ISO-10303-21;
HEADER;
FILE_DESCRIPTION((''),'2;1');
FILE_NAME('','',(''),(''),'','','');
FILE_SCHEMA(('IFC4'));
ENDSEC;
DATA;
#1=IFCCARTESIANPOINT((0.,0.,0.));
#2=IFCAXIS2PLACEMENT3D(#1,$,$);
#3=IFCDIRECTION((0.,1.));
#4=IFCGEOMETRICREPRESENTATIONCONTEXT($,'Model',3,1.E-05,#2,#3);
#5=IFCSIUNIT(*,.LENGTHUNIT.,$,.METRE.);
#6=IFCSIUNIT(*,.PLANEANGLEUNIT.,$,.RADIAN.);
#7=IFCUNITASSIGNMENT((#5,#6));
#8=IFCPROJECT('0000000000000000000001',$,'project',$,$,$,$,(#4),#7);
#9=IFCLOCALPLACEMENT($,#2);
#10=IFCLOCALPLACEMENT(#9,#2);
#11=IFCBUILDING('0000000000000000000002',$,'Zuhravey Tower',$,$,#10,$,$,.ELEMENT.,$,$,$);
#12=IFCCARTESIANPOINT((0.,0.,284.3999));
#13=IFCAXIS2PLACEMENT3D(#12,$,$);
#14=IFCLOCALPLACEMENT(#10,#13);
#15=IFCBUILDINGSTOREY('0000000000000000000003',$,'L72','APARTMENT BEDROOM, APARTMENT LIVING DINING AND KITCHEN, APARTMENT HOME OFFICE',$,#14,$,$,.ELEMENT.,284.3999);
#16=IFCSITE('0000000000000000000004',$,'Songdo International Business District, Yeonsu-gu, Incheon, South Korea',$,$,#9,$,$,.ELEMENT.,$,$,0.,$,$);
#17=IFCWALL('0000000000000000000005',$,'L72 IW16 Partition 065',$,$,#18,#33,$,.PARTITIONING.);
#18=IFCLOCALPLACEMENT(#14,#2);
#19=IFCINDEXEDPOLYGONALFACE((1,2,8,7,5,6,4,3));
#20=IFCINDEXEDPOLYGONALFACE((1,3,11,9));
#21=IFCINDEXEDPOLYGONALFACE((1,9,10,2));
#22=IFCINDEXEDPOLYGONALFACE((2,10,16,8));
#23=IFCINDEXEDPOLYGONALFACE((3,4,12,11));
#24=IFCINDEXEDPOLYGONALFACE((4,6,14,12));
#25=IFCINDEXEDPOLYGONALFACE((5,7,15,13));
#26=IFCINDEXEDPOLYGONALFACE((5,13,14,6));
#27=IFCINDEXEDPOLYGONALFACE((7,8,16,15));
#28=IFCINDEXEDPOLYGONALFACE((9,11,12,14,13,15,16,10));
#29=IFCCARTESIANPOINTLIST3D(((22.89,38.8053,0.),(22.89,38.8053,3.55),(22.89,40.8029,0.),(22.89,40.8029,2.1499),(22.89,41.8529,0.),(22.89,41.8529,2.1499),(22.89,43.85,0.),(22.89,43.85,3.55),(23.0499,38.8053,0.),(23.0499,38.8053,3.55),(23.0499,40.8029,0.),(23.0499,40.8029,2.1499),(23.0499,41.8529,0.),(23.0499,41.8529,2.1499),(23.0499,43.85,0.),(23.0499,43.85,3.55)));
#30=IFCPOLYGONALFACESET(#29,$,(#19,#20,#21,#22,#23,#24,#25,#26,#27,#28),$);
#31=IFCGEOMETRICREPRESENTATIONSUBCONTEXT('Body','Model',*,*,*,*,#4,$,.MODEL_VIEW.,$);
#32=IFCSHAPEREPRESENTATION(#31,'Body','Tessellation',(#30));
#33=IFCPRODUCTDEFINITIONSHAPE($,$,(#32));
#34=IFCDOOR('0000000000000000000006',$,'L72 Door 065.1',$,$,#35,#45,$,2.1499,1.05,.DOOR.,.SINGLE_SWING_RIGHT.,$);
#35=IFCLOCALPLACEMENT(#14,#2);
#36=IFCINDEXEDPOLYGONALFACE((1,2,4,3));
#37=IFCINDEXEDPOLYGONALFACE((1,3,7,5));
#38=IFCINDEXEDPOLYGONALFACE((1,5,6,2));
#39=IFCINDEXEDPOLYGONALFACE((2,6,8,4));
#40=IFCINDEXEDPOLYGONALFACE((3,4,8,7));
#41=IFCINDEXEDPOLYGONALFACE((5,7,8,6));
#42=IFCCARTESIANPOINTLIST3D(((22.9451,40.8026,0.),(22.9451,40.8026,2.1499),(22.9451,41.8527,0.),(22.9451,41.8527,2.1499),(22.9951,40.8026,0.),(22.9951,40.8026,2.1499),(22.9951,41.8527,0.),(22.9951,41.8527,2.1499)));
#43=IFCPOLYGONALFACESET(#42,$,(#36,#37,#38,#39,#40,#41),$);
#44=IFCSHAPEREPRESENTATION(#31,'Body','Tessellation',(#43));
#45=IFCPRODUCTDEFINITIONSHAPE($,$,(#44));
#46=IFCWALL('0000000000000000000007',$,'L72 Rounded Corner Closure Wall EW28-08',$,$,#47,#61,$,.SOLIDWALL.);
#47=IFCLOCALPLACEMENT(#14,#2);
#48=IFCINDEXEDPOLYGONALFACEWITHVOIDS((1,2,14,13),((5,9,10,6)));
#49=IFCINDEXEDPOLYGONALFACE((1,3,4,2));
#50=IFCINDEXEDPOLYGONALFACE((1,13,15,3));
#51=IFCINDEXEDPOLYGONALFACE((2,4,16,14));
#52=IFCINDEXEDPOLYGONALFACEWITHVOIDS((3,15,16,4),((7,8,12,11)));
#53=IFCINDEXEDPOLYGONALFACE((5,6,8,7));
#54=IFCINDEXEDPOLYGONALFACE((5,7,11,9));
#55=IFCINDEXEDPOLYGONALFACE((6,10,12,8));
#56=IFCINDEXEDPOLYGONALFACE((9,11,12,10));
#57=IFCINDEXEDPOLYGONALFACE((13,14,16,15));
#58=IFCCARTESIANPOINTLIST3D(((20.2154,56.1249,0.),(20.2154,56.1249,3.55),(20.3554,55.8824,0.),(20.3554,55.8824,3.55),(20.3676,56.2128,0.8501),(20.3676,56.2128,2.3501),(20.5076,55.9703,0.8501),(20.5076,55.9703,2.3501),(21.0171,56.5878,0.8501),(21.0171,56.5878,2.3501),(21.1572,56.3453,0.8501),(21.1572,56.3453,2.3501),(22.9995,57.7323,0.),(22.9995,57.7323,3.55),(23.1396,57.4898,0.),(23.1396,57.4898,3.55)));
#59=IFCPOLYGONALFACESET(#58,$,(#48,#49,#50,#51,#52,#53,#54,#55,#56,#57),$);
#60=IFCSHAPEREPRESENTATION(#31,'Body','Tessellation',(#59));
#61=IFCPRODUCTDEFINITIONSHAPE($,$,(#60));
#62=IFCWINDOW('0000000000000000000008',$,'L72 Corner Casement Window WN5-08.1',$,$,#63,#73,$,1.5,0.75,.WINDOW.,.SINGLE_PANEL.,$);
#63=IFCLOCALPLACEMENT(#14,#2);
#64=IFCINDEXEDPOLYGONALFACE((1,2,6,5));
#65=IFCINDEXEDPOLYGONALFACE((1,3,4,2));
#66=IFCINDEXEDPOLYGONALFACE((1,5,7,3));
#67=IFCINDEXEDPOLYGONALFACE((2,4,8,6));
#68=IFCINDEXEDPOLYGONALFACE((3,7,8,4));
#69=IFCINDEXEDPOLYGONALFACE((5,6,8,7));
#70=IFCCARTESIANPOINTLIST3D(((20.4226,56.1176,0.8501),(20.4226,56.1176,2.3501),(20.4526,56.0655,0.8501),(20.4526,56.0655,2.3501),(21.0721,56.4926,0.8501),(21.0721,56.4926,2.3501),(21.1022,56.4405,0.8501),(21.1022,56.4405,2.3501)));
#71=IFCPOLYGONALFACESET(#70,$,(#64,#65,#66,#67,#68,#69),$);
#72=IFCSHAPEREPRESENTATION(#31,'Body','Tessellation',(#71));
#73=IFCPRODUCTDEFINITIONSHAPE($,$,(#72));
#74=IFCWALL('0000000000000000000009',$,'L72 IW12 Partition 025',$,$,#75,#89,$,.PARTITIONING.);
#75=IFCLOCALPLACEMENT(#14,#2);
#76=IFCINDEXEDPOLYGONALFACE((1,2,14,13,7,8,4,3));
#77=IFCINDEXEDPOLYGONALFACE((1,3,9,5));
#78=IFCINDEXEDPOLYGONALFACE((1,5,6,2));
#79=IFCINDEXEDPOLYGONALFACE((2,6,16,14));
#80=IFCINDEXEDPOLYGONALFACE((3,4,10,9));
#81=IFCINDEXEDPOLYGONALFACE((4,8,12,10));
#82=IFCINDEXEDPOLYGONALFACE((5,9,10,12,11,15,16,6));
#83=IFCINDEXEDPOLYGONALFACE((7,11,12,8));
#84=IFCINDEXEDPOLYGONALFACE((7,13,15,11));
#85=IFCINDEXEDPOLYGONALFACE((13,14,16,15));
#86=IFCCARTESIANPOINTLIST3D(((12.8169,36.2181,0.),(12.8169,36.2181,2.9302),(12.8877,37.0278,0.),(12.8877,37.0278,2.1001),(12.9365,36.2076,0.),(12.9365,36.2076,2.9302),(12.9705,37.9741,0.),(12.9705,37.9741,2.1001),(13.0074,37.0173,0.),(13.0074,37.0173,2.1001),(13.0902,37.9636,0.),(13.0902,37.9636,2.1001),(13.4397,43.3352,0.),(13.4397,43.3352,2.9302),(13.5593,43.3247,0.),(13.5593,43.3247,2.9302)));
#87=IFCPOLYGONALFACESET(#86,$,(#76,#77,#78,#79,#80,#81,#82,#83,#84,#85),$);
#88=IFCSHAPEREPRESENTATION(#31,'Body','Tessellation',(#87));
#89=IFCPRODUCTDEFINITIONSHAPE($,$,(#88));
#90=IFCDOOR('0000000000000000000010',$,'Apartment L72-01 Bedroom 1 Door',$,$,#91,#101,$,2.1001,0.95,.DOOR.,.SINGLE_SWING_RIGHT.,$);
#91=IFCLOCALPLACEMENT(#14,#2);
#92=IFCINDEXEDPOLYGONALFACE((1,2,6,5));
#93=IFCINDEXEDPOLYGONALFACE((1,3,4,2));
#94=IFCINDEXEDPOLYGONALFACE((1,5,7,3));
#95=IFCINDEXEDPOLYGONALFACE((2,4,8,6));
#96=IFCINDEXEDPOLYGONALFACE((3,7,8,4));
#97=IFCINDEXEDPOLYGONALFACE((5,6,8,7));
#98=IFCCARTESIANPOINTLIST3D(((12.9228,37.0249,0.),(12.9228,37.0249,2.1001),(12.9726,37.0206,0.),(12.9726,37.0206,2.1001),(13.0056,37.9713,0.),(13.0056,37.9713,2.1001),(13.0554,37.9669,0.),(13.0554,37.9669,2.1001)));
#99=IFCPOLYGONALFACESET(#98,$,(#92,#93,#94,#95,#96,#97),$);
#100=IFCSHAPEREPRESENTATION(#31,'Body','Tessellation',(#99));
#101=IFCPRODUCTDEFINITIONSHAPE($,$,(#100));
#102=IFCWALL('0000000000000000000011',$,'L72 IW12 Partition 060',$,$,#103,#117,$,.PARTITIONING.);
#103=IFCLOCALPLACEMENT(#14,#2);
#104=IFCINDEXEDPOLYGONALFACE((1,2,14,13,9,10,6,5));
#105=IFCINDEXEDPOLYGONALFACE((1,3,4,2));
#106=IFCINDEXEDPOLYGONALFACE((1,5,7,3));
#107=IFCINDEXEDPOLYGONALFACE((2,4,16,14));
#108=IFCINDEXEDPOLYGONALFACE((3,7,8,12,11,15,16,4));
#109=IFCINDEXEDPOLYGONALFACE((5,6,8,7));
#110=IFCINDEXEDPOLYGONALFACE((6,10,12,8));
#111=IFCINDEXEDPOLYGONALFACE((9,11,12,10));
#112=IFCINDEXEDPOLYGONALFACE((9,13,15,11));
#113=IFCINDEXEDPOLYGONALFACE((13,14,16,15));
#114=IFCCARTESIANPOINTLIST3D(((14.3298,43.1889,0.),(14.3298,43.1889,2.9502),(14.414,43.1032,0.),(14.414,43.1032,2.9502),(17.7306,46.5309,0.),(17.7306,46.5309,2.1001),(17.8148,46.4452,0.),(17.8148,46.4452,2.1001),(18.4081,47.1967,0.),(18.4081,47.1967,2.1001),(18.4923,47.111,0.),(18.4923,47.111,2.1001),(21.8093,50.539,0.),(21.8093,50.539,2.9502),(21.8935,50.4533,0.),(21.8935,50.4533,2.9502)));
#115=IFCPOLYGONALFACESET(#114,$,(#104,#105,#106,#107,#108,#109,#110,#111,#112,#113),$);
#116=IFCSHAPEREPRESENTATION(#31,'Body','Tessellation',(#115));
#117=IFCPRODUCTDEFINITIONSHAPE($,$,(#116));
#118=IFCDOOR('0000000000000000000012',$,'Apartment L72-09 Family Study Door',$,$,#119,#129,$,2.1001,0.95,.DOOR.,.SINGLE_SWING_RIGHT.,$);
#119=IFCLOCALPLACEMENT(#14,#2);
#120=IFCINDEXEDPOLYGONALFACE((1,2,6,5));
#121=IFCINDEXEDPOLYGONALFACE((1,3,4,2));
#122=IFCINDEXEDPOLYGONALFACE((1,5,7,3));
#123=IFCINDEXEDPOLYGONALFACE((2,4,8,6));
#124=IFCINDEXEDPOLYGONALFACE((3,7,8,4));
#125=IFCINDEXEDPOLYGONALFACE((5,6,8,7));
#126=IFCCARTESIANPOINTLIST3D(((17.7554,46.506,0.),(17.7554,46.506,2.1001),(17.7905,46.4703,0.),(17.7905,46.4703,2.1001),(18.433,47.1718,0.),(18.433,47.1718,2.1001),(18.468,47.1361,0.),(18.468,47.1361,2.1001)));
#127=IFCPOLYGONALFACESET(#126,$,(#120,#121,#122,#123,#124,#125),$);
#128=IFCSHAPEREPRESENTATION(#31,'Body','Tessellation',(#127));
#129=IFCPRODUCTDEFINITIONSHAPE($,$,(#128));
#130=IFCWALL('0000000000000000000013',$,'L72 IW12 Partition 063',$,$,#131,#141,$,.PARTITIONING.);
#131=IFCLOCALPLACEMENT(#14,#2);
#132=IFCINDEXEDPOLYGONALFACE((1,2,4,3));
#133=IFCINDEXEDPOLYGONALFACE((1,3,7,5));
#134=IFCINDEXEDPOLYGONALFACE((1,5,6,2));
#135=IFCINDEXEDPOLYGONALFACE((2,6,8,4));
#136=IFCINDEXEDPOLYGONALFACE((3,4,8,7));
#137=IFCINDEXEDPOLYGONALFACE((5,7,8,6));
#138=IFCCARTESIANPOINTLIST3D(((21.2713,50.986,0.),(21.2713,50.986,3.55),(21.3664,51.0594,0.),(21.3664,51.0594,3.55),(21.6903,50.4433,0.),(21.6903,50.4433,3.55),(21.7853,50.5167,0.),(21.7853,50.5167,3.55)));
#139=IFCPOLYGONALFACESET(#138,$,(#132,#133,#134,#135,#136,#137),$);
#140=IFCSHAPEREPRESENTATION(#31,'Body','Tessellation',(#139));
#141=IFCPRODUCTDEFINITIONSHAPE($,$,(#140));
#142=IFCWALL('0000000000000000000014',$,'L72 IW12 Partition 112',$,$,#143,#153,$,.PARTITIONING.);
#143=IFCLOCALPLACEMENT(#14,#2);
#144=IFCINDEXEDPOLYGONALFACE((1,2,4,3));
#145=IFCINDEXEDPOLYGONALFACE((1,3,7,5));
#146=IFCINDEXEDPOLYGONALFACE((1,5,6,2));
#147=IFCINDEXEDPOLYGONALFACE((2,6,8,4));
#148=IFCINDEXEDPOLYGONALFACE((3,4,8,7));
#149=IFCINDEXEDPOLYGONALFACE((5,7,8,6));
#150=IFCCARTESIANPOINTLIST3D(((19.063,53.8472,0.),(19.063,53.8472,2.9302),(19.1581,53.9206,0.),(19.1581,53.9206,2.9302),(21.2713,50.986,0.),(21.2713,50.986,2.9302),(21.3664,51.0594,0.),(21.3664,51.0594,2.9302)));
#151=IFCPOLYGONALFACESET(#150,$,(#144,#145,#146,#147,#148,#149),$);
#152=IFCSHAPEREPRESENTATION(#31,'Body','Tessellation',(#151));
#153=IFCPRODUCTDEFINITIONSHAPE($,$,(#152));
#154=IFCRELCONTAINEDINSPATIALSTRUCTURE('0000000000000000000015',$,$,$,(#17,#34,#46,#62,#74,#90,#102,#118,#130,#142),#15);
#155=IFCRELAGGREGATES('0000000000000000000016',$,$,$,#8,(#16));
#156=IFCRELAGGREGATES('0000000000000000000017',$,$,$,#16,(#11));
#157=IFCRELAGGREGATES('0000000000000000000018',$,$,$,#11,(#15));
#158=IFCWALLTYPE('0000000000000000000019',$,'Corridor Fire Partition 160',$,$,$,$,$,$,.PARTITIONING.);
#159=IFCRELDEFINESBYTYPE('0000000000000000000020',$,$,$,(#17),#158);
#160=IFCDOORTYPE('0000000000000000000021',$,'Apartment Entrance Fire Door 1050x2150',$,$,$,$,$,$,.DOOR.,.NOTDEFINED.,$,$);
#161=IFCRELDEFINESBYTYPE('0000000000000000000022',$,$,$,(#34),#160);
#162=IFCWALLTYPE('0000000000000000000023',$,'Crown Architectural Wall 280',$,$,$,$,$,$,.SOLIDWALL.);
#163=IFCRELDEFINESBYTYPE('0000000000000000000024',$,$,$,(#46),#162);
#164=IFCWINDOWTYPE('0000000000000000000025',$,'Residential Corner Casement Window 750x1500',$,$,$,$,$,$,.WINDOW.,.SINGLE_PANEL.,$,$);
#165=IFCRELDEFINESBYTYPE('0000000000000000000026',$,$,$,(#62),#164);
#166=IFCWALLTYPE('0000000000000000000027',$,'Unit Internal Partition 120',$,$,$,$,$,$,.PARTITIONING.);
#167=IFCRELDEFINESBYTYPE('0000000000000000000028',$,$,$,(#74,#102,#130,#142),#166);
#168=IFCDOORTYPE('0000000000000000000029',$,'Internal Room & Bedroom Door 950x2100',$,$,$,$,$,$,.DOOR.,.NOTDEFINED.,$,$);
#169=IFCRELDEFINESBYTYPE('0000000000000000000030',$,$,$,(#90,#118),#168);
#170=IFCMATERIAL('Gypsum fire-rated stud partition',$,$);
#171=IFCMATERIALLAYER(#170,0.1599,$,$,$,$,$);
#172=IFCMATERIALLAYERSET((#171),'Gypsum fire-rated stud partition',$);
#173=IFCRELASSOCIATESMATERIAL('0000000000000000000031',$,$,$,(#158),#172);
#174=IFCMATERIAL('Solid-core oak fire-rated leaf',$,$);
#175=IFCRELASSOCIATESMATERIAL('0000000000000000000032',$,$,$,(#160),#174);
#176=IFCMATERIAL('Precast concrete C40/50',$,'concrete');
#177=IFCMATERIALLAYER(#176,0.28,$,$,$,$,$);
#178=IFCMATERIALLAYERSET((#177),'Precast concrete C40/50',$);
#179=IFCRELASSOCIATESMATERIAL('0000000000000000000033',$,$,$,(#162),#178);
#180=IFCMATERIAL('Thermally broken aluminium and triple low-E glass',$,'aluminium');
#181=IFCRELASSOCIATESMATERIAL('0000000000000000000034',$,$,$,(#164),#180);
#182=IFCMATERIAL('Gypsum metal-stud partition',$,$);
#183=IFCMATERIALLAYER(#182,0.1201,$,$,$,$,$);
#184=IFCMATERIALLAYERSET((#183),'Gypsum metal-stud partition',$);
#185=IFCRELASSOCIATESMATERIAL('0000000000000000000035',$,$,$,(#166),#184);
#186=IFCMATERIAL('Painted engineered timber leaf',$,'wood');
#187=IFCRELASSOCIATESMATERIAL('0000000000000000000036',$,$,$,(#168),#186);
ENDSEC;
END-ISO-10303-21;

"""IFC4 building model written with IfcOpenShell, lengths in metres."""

from ifc_helpers import new_model, si_unit, direction, frame, frame_2d, origin, place, context, subcontext, project, spatial, rectangle, extrude, material, layer, layer_set, type_object, element, fill, save


model = new_model("IFC4")

# Units and contexts
model_context = context("Model", 3, precision=1e-05, world=origin(), true_north=direction((0.0, 1.0)))
body_context = subcontext(model_context, "Body", "Model", "MODEL_VIEW")
ifc_project = project(units=[si_unit("LENGTHUNIT", "METRE"), si_unit("PLANEANGLEUNIT", "RADIAN")], contexts=[model_context])

# Site, building, storey
site_placement = place(None, origin())
site = spatial("IfcSite", under=ifc_project, at=site_placement, Name="Songdo International Business District, Yeonsu-gu, Incheon, South Korea", CompositionType="ELEMENT", RefElevation=0.0)
building_placement = place(site_placement, origin())
building = spatial("IfcBuilding", under=site, at=building_placement, Name="Zuhravey Tower", CompositionType="ELEMENT")
storey_placement = place(building_placement, frame((0.0, 0.0, 284.3999)))
storey = spatial("IfcBuildingStorey", under=building, at=storey_placement, Name="L72", Description="APARTMENT BEDROOM, APARTMENT LIVING DINING AND KITCHEN, APARTMENT HOME OFFICE", CompositionType="ELEMENT", Elevation=284.3999)

# Wall, opening, door
ifc_material_1 = material(Name="Gypsum fire-rated stud partition")
ifc_layer_1 = layer(ifc_material_1, 0.1599)
ifc_layer_set_1 = layer_set([ifc_layer_1], Name="Gypsum fire-rated stud partition")
wall_type_1 = type_object("IfcWallType", Name="Corridor Fire Partition 160", PredefinedType="PARTITIONING", material=ifc_layer_set_1)
wall_1_placement = place(storey_placement, frame((22.97, 43.8501, 0.0), z_axis=(0.0, 0.0, 1.0), x_axis=(0.0, -1.0, 0.0)))
wall_1 = element("IfcWall", 1, at=wall_1_placement, inside=storey, type_object=wall_type_1, Name="L72 IW16 Partition 065", PredefinedType="PARTITIONING", context=body_context, shape_type="SweptSolid", body=[
    extrude(rectangle(XDim=5.0447, YDim=0.1599, at=frame_2d((2.5225, 0.0))), origin(), (0.0, 0.0, 1.0), 3.55),
])
opening_1_placement = place(wall_1_placement, frame((1.9973, 0.0, 0.0)))
opening_1 = element("IfcOpeningElement", 2, at=opening_1_placement, cuts=wall_1, PredefinedType="OPENING", context=body_context, shape_type="SweptSolid", body=[
    extrude(rectangle(XDim=1.05, YDim=2.1499, at=frame_2d((0.5249, 1.075))), frame((0.0, 0.092, 0.0), z_axis=(0.0, -1.0, 0.0), x_axis=(1.0, 0.0, 0.0)), (0.0, 0.0, 1.0), 0.1838),
])
ifc_material_2 = material(Name="Solid-core oak fire-rated leaf")
door_type_1 = type_object("IfcDoorType", Name="Apartment Entrance Fire Door 1050x2150", OperationType="NOTDEFINED", PredefinedType="DOOR", material=ifc_material_2)
door_1_placement = place(opening_1_placement, frame((1.05, 0.0, 0.0), z_axis=(0.0, 0.0, 1.0), x_axis=(-1.0, 0.0, 0.0)))
door_1 = element("IfcDoor", 3, at=door_1_placement, inside=storey, type_object=door_type_1, Name="L72 Door 065.1", OperationType="SINGLE_SWING_RIGHT", OverallHeight=2.1499, OverallWidth=1.05, PredefinedType="DOOR", context=body_context, shape_type="SweptSolid", body=[
    extrude(rectangle(XDim=1.05, YDim=2.1499, at=frame_2d((0.5249, 1.075))), frame((0.0, 0.0249, 0.0), z_axis=(0.0, -1.0, 0.0), x_axis=(1.0, 0.0, 0.0)), (0.0, 0.0, 1.0), 0.05),
])
fill(opening_1, door_1)

# Wall, opening, window
ifc_material_3 = material(Name="Precast concrete C40/50", Category="concrete")
ifc_layer_2 = layer(ifc_material_3, 0.28)
ifc_layer_set_2 = layer_set([ifc_layer_2], Name="Precast concrete C40/50")
wall_type_2 = type_object("IfcWallType", Name="Crown Architectural Wall 280", PredefinedType="SOLIDWALL", material=ifc_layer_set_2)
wall_2_placement = place(storey_placement, frame((20.2854, 56.0037, 0.0), z_axis=(0.0, 0.0, 1.0), x_axis=(0.866029, 0.499994, 0.0)))
wall_2 = element("IfcWall", 4, at=wall_2_placement, inside=storey, type_object=wall_type_2, Name="L72 Rounded Corner Closure Wall EW28-08", PredefinedType="SOLIDWALL", context=body_context, shape_type="SweptSolid", body=[
    extrude(rectangle(XDim=3.2148, YDim=0.28, at=frame_2d((1.6074, 0.0))), origin(), (0.0, 0.0, 1.0), 3.55),
])
opening_2_placement = place(wall_2_placement, frame((0.1758, 0.0, 0.8501)))
opening_2 = element("IfcOpeningElement", 5, at=opening_2_placement, cuts=wall_2, PredefinedType="OPENING", context=body_context, shape_type="SweptSolid", body=[
    extrude(rectangle(XDim=0.75, YDim=1.5, at=frame_2d((0.375, 0.75))), frame((0.0, 0.1521, 0.0), z_axis=(0.0, -1.0, 0.0), x_axis=(1.0, 0.0, 0.0)), (0.0, 0.0, 1.0), 0.304),
])
ifc_material_4 = material(Name="Thermally broken aluminium and triple low-E glass", Category="aluminium")
window_type = type_object("IfcWindowType", Name="Residential Corner Casement Window 750x1500", PartitioningType="SINGLE_PANEL", PredefinedType="WINDOW", material=ifc_material_4)
window_placement = place(opening_2_placement, origin())
window = element("IfcWindow", 6, at=window_placement, inside=storey, type_object=window_type, Name="L72 Corner Casement Window WN5-08.1", OverallHeight=1.5, OverallWidth=0.75, PartitioningType="SINGLE_PANEL", PredefinedType="WINDOW", context=body_context, shape_type="SweptSolid", body=[
    extrude(rectangle(XDim=0.75, YDim=1.5, at=frame_2d((0.375, 0.75))), frame((0.0, 0.03, 0.0), z_axis=(0.0, -1.0, 0.0), x_axis=(1.0, 0.0, 0.0)), (0.0, 0.0, 1.0), 0.0601),
])
fill(opening_2, window)

# Walls, openings, doors
ifc_material_5 = material(Name="Gypsum metal-stud partition")
ifc_layer_3 = layer(ifc_material_5, 0.1201)
ifc_layer_set_3 = layer_set([ifc_layer_3], Name="Gypsum metal-stud partition")
wall_type_3 = type_object("IfcWallType", Name="Unit Internal Partition 120", PredefinedType="PARTITIONING", material=ifc_layer_set_3)
wall_3_placement = place(storey_placement, frame((13.4995, 43.3301, 0.0), z_axis=(0.0, 0.0, 1.0), x_axis=(-0.087174, -0.996193, 0.0)))
wall_3 = element("IfcWall", 7, at=wall_3_placement, inside=storey, type_object=wall_type_3, Name="L72 IW12 Partition 025", PredefinedType="PARTITIONING", context=body_context, shape_type="SweptSolid", body=[
    extrude(rectangle(XDim=7.1443, YDim=0.1201, at=frame_2d((3.5723, 0.0))), origin(), (0.0, 0.0, 1.0), 2.9302),
])
opening_3_placement = place(wall_3_placement, frame((5.3816, 0.0, 0.0)))
opening_3 = element("IfcOpeningElement", 8, at=opening_3_placement, cuts=wall_3, PredefinedType="OPENING", context=body_context, shape_type="SweptSolid", body=[
    extrude(rectangle(XDim=0.95, YDim=2.1001, at=frame_2d((0.4751, 1.05))), frame((0.0, 0.072, 0.0), z_axis=(0.0, -1.0, 0.0), x_axis=(1.0, 0.0, 0.0)), (0.0, 0.0, 1.0), 0.144),
])
ifc_material_6 = material(Name="Painted engineered timber leaf", Category="wood")
door_type_2 = type_object("IfcDoorType", Name="Internal Room & Bedroom Door 950x2100", OperationType="NOTDEFINED", PredefinedType="DOOR", material=ifc_material_6)
door_2_placement = place(opening_3_placement, frame((0.95, 0.0, 0.0), z_axis=(0.0, 0.0, 1.0), x_axis=(-1.0, 0.0, 0.0)))
door_2 = element("IfcDoor", 9, at=door_2_placement, inside=storey, type_object=door_type_2, Name="Apartment L72-01 Bedroom 1 Door", OperationType="SINGLE_SWING_RIGHT", OverallHeight=2.1001, OverallWidth=0.95, PredefinedType="DOOR", context=body_context, shape_type="SweptSolid", body=[
    extrude(rectangle(XDim=0.95, YDim=2.1001, at=frame_2d((0.4751, 1.05))), frame((0.0, 0.0249, 0.0), z_axis=(0.0, -1.0, 0.0), x_axis=(1.0, 0.0, 0.0)), (0.0, 0.0, 1.0), 0.05),
])
fill(opening_3, door_2)
wall_4_placement = place(storey_placement, frame((21.8513, 50.4961, 0.0), z_axis=(0.0, 0.0, 1.0), x_axis=(-0.713249, -0.70091, 0.0)))
wall_4 = element("IfcWall", 10, at=wall_4_placement, inside=storey, type_object=wall_type_3, Name="L72 IW12 Partition 060", PredefinedType="PARTITIONING", context=body_context, shape_type="SweptSolid", body=[
    extrude(rectangle(XDim=10.4866, YDim=0.1201, at=frame_2d((5.2432, 0.0))), origin(), (0.0, 0.0, 1.0), 2.9502),
])
opening_4_placement = place(wall_4_placement, frame((4.7683, 0.0, 0.0)))
opening_4 = element("IfcOpeningElement", 11, at=opening_4_placement, cuts=wall_4, PredefinedType="OPENING", context=body_context, shape_type="SweptSolid", body=[
    extrude(rectangle(XDim=0.95, YDim=2.1001, at=frame_2d((0.4751, 1.05))), frame((0.0, 0.072, 0.0), z_axis=(0.0, -1.0, 0.0), x_axis=(1.0, 0.0, 0.0)), (0.0, 0.0, 1.0), 0.144),
])
door_3_placement = place(opening_4_placement, frame((0.95, 0.0, 0.0), z_axis=(0.0, 0.0, 1.0), x_axis=(-1.0, 0.0, 0.0)))
door_3 = element("IfcDoor", 12, at=door_3_placement, inside=storey, type_object=door_type_2, Name="Apartment L72-09 Family Study Door", OperationType="SINGLE_SWING_RIGHT", OverallHeight=2.1001, OverallWidth=0.95, PredefinedType="DOOR", context=body_context, shape_type="SweptSolid", body=[
    extrude(rectangle(XDim=0.95, YDim=2.1001, at=frame_2d((0.4751, 1.05))), frame((0.0, 0.0249, 0.0), z_axis=(0.0, -1.0, 0.0), x_axis=(1.0, 0.0, 0.0)), (0.0, 0.0, 1.0), 0.05),
])
fill(opening_4, door_3)

# Walls
wall_5_placement = place(storey_placement, frame((21.7378, 50.48, 0.0), z_axis=(0.0, 0.0, 1.0), x_axis=(-0.611052, 0.79159, 0.0)))
element("IfcWall", 13, at=wall_5_placement, inside=storey, type_object=wall_type_3, Name="L72 IW12 Partition 063", PredefinedType="PARTITIONING", context=body_context, shape_type="SweptSolid", body=[
    extrude(rectangle(XDim=0.6855, YDim=0.1201, at=frame_2d((0.3428, 0.0))), origin(), (0.0, 0.0, 1.0), 3.55),
])
wall_6_placement = place(storey_placement, frame((21.3188, 51.0227, 0.0), z_axis=(0.0, 0.0, 1.0), x_axis=(-0.610999, 0.791631, 0.0)))
element("IfcWall", 14, at=wall_6_placement, inside=storey, type_object=wall_type_3, Name="L72 IW12 Partition 112", PredefinedType="PARTITIONING", context=body_context, shape_type="SweptSolid", body=[
    extrude(rectangle(XDim=3.6143, YDim=0.1201, at=frame_2d((1.8071, 0.0))), origin(), (0.0, 0.0, 1.0), 2.9302),
])

save(model, "model.ifc")
